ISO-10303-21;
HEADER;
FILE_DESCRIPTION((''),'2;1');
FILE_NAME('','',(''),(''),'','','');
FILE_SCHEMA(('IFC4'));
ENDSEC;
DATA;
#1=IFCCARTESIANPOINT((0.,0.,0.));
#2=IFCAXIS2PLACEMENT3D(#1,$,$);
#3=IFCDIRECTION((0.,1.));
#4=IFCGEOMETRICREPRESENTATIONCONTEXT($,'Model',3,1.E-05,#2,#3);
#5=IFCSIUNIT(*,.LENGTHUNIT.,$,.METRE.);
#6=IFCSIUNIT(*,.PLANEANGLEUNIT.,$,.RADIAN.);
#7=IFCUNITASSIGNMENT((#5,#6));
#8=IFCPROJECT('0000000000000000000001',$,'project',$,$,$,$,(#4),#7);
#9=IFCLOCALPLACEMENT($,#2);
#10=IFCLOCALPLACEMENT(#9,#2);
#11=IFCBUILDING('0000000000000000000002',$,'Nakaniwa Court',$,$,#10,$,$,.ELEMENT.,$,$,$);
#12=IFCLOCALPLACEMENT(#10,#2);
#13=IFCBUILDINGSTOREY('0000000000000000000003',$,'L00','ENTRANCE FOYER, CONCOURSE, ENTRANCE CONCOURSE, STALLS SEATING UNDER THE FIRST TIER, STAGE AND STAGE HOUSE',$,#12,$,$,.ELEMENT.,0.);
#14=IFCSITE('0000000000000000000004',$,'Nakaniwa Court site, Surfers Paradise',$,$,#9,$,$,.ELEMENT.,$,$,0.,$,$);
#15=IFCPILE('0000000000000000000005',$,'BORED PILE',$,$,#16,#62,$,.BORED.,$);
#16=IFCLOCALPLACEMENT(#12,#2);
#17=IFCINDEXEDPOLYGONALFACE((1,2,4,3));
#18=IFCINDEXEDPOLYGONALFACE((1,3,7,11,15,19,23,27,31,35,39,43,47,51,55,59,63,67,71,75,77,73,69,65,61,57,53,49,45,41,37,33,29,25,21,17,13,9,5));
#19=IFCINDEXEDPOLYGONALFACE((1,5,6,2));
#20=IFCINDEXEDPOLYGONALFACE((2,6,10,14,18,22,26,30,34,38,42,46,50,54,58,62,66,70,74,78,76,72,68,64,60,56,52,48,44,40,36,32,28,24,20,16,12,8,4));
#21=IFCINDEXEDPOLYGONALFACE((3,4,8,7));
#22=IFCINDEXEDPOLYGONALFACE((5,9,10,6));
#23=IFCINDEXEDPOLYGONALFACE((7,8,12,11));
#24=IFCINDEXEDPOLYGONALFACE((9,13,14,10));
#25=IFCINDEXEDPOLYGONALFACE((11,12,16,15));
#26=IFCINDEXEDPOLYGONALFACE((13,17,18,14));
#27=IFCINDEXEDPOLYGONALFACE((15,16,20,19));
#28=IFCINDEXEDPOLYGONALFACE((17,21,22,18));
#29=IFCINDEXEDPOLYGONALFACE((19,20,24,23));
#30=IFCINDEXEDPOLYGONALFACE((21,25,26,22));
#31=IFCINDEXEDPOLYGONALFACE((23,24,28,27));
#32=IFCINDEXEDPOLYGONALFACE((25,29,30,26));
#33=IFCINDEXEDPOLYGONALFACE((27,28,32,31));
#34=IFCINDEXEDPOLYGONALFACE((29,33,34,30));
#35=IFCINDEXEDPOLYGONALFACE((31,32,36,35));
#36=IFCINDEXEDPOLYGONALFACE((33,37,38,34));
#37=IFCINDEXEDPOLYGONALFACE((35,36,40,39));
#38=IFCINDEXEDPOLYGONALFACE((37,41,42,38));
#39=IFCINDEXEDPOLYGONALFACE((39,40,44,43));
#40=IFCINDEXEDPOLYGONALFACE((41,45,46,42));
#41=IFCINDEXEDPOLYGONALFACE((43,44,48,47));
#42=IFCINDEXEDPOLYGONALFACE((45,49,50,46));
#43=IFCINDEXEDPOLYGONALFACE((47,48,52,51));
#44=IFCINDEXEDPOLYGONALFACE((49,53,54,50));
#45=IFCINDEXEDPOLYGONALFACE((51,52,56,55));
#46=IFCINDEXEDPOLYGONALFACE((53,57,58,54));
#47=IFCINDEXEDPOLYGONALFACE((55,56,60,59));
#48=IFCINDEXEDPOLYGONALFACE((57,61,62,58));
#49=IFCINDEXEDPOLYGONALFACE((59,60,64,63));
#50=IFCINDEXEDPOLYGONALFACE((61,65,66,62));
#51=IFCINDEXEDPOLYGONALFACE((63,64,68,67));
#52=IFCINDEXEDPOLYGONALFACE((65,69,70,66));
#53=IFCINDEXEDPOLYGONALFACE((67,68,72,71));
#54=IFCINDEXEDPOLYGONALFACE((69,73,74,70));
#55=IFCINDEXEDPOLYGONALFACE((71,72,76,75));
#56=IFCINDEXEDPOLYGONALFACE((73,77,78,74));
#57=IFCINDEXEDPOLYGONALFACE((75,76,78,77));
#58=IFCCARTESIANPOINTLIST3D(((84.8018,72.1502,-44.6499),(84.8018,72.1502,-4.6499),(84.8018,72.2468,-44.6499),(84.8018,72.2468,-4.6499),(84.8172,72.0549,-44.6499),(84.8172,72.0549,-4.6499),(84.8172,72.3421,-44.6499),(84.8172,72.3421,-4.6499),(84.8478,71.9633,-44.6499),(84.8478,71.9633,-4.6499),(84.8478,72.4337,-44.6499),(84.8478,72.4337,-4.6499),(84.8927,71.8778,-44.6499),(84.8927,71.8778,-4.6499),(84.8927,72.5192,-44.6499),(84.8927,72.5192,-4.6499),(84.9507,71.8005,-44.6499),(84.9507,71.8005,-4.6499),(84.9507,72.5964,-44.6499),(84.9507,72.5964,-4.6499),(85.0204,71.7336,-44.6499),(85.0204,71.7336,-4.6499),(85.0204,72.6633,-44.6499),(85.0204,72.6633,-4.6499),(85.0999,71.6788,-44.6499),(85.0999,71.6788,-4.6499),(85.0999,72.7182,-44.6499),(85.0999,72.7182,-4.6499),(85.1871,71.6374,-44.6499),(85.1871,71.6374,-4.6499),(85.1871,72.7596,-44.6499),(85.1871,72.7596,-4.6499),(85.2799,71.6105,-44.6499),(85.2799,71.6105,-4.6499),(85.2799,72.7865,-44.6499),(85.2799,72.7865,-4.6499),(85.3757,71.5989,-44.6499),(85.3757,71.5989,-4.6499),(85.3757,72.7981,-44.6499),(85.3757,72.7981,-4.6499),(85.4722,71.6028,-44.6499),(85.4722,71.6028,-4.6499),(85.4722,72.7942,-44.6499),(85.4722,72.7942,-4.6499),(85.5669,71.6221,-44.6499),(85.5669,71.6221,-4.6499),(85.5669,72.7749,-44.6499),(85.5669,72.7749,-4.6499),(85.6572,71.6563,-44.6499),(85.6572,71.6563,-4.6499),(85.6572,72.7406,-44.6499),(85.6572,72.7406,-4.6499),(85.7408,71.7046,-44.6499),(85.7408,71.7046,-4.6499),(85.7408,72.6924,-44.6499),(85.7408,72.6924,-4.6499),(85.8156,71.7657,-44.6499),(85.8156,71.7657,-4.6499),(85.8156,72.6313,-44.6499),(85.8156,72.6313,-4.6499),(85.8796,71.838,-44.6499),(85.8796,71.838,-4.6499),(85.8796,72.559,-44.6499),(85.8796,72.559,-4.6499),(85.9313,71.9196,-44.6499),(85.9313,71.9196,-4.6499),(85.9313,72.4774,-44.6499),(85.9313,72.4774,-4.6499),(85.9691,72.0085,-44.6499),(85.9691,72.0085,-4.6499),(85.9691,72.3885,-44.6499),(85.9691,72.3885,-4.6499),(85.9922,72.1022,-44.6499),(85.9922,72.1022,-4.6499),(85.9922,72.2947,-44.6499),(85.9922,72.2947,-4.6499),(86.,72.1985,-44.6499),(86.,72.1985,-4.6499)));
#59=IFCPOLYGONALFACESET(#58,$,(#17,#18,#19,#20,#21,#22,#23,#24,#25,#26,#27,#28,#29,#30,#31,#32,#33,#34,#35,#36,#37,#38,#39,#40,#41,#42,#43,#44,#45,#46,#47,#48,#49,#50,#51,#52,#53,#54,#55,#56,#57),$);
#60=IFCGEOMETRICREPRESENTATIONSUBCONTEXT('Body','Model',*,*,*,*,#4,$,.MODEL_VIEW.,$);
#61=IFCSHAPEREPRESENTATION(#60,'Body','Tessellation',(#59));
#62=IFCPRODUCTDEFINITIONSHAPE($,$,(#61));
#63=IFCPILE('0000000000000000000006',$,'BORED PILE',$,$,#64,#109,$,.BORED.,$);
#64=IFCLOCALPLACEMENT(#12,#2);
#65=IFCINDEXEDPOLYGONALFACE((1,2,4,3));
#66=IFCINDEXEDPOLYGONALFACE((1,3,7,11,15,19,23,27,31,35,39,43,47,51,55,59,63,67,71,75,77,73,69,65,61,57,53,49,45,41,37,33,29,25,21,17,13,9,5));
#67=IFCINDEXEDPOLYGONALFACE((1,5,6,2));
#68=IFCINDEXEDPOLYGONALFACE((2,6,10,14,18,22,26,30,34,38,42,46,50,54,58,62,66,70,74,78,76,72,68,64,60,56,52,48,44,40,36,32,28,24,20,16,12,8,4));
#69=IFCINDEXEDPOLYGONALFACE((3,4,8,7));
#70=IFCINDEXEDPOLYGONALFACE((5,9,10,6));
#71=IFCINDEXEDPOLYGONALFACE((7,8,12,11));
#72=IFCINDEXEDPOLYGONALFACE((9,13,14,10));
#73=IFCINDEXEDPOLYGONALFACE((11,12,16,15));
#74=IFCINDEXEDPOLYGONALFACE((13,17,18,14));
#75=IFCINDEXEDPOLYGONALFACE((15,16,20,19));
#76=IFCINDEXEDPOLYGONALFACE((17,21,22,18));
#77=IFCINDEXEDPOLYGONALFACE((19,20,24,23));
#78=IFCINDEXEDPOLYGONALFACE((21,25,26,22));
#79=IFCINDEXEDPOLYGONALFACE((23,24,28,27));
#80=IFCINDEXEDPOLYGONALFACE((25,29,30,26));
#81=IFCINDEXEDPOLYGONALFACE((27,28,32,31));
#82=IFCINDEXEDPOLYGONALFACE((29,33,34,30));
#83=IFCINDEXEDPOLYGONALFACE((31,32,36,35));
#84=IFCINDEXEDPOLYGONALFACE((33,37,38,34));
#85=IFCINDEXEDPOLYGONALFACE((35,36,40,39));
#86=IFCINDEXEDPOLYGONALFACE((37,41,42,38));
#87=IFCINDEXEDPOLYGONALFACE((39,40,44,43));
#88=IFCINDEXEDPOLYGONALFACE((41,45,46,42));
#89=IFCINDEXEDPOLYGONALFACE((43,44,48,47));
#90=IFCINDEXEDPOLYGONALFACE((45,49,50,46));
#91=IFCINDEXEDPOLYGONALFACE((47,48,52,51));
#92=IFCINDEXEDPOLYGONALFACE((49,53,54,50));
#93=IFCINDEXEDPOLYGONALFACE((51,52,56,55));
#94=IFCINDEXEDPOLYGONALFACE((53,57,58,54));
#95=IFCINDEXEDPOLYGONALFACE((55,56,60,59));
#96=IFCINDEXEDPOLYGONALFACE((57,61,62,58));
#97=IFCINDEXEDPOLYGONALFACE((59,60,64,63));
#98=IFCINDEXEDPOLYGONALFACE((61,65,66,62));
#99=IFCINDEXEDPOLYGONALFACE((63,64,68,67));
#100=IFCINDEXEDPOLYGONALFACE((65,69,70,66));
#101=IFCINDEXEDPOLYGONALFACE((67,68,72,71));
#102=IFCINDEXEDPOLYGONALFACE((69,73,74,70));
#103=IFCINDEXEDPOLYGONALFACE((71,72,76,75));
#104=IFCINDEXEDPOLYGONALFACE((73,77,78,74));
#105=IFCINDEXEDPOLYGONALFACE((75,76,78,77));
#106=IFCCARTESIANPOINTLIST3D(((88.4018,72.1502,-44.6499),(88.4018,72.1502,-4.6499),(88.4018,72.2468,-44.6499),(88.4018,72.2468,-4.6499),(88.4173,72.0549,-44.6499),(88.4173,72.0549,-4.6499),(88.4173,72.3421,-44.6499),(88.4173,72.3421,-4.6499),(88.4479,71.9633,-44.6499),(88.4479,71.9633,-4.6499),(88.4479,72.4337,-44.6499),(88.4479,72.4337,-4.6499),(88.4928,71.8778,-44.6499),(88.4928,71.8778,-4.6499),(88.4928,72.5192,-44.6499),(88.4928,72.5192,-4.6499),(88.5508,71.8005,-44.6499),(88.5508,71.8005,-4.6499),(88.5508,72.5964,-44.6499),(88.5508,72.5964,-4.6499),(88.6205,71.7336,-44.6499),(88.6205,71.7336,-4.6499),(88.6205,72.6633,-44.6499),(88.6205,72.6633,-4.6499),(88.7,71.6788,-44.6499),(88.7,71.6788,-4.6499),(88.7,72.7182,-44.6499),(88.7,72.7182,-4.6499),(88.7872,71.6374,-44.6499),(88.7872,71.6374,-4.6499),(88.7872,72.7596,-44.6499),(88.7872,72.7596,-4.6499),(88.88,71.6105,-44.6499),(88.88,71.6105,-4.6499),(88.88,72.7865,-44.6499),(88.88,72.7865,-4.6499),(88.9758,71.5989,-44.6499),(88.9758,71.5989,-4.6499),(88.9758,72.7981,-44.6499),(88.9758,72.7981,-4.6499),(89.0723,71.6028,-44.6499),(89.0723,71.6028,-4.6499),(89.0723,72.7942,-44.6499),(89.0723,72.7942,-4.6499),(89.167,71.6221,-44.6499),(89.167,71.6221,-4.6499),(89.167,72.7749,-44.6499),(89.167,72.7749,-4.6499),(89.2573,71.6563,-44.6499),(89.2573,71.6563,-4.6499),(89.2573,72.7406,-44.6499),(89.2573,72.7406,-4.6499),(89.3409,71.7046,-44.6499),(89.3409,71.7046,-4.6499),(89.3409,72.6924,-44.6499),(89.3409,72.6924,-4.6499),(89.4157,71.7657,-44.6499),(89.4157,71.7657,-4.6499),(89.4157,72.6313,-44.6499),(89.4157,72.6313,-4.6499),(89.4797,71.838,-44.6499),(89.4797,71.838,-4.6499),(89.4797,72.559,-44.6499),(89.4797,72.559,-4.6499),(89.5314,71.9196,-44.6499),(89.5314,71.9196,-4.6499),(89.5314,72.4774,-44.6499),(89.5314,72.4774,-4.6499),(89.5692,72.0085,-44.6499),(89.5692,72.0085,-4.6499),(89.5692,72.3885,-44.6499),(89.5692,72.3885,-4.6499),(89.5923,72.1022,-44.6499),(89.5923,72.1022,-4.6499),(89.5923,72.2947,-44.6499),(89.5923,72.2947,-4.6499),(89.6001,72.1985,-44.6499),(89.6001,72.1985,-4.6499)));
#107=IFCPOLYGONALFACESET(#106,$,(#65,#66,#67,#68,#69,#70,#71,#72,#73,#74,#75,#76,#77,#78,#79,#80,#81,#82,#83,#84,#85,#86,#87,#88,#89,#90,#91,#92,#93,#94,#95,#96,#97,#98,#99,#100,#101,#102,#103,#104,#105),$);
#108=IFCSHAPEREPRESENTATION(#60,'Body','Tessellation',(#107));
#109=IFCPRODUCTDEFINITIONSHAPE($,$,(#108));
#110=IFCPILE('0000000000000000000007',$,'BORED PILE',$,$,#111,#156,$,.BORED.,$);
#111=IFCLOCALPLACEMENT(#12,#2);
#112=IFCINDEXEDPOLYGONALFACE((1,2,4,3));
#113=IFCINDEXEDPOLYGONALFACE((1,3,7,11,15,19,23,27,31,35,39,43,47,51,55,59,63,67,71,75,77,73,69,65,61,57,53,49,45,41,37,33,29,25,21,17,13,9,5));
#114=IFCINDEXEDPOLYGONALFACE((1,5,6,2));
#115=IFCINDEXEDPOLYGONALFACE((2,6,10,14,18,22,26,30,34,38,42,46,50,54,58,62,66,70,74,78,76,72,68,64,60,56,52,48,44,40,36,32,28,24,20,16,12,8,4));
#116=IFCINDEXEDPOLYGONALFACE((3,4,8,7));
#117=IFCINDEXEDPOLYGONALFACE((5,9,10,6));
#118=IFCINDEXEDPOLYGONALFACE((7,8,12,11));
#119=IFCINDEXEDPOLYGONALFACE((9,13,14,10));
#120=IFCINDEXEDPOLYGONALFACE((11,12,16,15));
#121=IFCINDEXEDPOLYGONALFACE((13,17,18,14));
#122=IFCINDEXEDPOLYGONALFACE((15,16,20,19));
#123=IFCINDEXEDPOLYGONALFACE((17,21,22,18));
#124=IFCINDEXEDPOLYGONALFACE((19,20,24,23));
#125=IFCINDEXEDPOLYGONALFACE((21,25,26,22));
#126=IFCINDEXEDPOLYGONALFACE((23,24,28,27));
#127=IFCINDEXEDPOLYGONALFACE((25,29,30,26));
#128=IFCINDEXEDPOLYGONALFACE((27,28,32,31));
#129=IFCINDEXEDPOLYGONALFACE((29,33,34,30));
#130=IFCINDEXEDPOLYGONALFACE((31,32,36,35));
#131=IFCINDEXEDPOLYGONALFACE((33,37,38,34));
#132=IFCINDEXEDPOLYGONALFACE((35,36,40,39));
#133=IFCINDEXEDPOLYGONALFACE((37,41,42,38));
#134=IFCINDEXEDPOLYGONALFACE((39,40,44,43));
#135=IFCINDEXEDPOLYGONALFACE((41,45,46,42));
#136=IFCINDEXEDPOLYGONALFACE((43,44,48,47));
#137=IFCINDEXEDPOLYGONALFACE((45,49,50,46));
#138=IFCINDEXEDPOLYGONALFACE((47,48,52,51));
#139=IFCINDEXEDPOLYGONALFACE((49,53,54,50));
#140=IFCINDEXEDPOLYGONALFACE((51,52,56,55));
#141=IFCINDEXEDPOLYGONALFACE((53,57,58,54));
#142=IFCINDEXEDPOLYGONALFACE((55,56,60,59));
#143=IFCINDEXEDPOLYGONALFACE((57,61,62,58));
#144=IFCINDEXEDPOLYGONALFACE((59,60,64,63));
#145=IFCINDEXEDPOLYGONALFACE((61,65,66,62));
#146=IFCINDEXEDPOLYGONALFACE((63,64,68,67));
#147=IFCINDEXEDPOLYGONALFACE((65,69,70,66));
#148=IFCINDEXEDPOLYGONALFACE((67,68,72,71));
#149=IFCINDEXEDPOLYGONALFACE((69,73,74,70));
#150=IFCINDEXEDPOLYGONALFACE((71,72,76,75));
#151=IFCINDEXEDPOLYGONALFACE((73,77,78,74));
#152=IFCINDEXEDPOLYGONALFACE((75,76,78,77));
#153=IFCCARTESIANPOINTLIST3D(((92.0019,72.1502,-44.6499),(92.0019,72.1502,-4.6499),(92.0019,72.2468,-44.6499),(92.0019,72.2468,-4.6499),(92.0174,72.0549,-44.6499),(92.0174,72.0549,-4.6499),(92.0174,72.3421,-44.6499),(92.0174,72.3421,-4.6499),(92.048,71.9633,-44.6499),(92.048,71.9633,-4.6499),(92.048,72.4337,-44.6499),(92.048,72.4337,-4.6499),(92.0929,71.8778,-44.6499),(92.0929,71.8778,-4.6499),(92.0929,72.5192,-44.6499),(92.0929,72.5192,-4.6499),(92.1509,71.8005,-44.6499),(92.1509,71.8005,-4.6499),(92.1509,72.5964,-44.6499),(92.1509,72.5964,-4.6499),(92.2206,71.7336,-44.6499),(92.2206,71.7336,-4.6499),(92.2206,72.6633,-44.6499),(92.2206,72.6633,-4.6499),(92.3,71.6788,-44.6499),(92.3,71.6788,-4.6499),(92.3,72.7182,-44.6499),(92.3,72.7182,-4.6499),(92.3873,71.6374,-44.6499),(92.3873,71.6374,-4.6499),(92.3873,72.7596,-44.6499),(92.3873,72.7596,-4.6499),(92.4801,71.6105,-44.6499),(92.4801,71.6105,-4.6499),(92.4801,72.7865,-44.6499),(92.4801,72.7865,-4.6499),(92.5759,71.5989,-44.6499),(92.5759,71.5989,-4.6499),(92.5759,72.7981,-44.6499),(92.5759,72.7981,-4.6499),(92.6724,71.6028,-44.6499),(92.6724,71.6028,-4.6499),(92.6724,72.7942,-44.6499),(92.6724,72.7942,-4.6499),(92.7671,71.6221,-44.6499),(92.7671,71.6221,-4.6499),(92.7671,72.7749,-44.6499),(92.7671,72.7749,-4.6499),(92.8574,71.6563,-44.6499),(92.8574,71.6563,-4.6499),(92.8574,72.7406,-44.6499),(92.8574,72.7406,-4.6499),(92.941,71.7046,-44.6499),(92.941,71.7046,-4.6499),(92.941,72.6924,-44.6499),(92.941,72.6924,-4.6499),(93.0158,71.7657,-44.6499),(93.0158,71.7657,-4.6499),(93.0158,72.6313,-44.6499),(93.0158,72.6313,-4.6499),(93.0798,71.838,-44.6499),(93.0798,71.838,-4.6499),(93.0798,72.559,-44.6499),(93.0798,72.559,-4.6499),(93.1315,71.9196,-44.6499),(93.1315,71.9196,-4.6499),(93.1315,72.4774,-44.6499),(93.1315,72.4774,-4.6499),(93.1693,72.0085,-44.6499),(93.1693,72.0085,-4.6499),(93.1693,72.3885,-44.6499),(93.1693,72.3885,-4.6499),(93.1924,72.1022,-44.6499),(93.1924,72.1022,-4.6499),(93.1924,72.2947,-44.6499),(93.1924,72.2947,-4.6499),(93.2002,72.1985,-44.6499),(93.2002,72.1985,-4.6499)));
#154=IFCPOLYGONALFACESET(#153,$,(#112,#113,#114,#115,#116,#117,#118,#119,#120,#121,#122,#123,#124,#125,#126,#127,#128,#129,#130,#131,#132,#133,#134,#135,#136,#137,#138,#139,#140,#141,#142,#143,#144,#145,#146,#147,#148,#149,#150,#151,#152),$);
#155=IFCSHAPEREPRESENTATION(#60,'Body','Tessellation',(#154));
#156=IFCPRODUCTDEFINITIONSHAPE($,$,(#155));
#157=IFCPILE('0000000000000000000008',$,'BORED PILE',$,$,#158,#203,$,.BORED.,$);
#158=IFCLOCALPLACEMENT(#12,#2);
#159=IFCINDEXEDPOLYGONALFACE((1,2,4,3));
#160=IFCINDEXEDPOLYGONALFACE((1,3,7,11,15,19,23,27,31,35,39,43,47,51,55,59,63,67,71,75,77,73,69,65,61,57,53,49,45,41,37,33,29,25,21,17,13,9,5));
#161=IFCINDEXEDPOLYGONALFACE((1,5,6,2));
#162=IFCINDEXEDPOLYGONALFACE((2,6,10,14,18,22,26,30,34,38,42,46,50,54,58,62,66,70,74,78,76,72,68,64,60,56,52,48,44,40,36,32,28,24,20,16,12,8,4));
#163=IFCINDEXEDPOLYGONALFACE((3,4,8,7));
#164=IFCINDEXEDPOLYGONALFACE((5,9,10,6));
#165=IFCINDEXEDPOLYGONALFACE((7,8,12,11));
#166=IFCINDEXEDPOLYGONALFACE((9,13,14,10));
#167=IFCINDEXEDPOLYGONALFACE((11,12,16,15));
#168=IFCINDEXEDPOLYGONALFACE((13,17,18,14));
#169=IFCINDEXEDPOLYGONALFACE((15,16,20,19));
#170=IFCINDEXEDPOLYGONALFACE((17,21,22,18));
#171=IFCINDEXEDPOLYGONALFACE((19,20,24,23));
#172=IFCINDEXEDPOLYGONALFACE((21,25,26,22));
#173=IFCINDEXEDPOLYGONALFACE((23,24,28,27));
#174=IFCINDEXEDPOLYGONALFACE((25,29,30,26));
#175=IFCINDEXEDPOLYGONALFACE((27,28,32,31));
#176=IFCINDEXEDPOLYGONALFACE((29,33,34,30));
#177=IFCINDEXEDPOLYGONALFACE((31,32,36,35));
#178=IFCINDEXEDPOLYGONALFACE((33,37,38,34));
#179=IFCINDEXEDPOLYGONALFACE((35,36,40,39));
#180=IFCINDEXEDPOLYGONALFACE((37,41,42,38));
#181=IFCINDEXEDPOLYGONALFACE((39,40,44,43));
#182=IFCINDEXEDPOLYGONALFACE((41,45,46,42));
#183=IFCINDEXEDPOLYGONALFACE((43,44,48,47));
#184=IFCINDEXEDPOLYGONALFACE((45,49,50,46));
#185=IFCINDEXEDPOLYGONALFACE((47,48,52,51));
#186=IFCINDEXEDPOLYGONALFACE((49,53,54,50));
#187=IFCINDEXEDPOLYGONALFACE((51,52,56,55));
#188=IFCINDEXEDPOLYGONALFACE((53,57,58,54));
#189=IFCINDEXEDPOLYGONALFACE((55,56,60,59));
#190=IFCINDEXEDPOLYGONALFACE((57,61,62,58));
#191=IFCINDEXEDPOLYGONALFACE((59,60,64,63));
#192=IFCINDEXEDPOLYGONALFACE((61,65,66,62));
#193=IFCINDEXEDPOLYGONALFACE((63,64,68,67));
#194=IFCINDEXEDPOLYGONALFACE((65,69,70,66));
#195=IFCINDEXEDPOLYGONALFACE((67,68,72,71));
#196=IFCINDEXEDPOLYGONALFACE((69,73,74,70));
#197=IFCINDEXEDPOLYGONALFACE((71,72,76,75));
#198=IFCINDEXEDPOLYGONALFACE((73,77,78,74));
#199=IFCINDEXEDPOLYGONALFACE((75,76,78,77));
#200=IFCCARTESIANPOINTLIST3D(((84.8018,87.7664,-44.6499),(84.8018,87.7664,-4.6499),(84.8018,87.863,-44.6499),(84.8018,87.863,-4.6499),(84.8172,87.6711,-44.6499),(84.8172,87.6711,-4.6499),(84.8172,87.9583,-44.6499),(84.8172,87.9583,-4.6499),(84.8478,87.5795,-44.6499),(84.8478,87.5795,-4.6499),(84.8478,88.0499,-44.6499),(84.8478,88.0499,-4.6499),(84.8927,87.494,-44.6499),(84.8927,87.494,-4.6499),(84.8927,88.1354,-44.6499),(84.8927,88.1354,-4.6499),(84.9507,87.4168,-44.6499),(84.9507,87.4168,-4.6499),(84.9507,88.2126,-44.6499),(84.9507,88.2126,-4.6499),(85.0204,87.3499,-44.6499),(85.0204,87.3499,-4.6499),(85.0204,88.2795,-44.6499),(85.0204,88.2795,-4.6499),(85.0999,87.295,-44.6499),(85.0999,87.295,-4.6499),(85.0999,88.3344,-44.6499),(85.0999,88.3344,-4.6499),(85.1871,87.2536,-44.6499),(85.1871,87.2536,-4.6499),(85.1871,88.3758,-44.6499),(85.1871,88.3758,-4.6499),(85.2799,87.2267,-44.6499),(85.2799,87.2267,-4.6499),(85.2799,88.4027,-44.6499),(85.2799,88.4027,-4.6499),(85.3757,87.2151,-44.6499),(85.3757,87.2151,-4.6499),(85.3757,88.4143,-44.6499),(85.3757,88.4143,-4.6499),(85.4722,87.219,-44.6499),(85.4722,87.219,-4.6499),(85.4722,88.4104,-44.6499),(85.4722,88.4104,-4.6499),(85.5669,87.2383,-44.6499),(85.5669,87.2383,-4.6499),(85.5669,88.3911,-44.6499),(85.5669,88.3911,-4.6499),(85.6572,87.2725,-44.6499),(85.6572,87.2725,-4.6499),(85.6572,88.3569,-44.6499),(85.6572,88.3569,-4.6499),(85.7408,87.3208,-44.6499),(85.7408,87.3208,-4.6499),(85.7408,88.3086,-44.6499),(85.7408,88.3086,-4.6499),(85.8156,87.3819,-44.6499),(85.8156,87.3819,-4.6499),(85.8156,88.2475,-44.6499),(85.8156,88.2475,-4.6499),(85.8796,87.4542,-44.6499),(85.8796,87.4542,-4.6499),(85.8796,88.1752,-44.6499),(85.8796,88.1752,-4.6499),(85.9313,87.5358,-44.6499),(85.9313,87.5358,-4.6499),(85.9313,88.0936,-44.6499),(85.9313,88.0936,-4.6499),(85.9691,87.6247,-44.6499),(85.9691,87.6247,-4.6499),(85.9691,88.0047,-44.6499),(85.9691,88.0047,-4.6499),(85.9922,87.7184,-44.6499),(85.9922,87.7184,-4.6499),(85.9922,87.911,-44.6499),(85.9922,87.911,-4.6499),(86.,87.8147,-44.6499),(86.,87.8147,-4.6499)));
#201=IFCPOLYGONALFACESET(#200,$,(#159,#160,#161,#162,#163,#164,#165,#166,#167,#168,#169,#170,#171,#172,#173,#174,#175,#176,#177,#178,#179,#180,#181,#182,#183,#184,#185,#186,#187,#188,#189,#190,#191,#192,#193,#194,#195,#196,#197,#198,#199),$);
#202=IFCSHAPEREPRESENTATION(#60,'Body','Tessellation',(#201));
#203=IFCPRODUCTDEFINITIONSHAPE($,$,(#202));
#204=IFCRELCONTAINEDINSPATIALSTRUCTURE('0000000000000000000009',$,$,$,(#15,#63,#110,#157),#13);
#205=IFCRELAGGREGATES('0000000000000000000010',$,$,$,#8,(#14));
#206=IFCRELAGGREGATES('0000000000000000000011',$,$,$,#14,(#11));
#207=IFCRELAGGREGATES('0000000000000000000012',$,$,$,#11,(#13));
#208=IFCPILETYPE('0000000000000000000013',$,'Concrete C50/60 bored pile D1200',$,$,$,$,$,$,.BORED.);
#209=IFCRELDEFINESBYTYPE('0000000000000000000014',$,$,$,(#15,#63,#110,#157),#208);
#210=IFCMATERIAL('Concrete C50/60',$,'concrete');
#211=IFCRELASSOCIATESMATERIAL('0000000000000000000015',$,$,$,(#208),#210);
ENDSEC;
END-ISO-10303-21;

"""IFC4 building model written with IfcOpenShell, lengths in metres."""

from ifc_helpers import new_model, si_unit, direction, frame, origin, origin_2d, place, context, subcontext, project, spatial, circle, extrude, material, material_profile, profile_set, type_object, element, save


model = new_model("IFC4")

# Units and contexts
model_context = context("Model", 3, precision=1e-05, world=origin(), true_north=direction((0.0, 1.0)))
body_context = subcontext(model_context, "Body", "Model", "MODEL_VIEW")
ifc_project = project(units=[si_unit("LENGTHUNIT", "METRE"), si_unit("PLANEANGLEUNIT", "RADIAN")], contexts=[model_context])

# Site, building, storey
site_placement = place(None, origin())
site = spatial("IfcSite", under=ifc_project, at=site_placement, Name="Nakaniwa Court site, Surfers Paradise", CompositionType="ELEMENT", RefElevation=0.0)
building_placement = place(site_placement, origin())
building = spatial("IfcBuilding", under=site, at=building_placement, Name="Nakaniwa Court", CompositionType="ELEMENT")
storey_placement = place(building_placement, origin())
storey = spatial("IfcBuildingStorey", under=building, at=storey_placement, Name="L00", Description="ENTRANCE FOYER, CONCOURSE, ENTRANCE CONCOURSE, STALLS SEATING UNDER THE FIRST TIER, STAGE AND STAGE HOUSE", CompositionType="ELEMENT", Elevation=0.0)

# Piles
ifc_material_1 = material(Name="Concrete C50/60", Category="concrete")
ifc_material_profile_1 = material_profile(ifc_material_1, circle(Radius=0.6001, at=origin_2d()), Name="Concrete C50/60 bored pile D1200")
ifc_profile_set_1 = profile_set([ifc_material_profile_1], Name="Concrete C50/60")
pile_type = type_object("IfcPileType", Name="Concrete C50/60 bored pile D1200", PredefinedType="BORED", material=ifc_profile_set_1)
for number, where, z_axis, x_axis, name in (
    (1, (85.3999, 72.1985, -4.6499), (0.0, 0.0, -1.0), (1.0, 0.0, 0.0), "BORED PILE"),
    (2, (89.0, 72.1985, -4.6499), (0.0, 0.0, -1.0), (1.0, 0.0, 0.0), "BORED PILE"),
    (3, (92.6001, 72.1985, -4.6499), (0.0, 0.0, -1.0), (1.0, 0.0, 0.0), "BORED PILE"),
    (4, (85.3999, 87.8147, -4.6499), (0.0, 0.0, -1.0), (1.0, 0.0, 0.0), "BORED PILE"),
):
    element("IfcPile", number, at=place(storey_placement, frame(where, z_axis=z_axis, x_axis=x_axis)), inside=storey, type_object=pile_type, Name=name, PredefinedType="BORED", context=body_context, shape_type="SweptSolid", body=[
        extrude(circle(Radius=0.6001, at=origin_2d()), origin(), (0.0, 0.0, 1.0), 40.0),
    ])

save(model, "model.ifc")
